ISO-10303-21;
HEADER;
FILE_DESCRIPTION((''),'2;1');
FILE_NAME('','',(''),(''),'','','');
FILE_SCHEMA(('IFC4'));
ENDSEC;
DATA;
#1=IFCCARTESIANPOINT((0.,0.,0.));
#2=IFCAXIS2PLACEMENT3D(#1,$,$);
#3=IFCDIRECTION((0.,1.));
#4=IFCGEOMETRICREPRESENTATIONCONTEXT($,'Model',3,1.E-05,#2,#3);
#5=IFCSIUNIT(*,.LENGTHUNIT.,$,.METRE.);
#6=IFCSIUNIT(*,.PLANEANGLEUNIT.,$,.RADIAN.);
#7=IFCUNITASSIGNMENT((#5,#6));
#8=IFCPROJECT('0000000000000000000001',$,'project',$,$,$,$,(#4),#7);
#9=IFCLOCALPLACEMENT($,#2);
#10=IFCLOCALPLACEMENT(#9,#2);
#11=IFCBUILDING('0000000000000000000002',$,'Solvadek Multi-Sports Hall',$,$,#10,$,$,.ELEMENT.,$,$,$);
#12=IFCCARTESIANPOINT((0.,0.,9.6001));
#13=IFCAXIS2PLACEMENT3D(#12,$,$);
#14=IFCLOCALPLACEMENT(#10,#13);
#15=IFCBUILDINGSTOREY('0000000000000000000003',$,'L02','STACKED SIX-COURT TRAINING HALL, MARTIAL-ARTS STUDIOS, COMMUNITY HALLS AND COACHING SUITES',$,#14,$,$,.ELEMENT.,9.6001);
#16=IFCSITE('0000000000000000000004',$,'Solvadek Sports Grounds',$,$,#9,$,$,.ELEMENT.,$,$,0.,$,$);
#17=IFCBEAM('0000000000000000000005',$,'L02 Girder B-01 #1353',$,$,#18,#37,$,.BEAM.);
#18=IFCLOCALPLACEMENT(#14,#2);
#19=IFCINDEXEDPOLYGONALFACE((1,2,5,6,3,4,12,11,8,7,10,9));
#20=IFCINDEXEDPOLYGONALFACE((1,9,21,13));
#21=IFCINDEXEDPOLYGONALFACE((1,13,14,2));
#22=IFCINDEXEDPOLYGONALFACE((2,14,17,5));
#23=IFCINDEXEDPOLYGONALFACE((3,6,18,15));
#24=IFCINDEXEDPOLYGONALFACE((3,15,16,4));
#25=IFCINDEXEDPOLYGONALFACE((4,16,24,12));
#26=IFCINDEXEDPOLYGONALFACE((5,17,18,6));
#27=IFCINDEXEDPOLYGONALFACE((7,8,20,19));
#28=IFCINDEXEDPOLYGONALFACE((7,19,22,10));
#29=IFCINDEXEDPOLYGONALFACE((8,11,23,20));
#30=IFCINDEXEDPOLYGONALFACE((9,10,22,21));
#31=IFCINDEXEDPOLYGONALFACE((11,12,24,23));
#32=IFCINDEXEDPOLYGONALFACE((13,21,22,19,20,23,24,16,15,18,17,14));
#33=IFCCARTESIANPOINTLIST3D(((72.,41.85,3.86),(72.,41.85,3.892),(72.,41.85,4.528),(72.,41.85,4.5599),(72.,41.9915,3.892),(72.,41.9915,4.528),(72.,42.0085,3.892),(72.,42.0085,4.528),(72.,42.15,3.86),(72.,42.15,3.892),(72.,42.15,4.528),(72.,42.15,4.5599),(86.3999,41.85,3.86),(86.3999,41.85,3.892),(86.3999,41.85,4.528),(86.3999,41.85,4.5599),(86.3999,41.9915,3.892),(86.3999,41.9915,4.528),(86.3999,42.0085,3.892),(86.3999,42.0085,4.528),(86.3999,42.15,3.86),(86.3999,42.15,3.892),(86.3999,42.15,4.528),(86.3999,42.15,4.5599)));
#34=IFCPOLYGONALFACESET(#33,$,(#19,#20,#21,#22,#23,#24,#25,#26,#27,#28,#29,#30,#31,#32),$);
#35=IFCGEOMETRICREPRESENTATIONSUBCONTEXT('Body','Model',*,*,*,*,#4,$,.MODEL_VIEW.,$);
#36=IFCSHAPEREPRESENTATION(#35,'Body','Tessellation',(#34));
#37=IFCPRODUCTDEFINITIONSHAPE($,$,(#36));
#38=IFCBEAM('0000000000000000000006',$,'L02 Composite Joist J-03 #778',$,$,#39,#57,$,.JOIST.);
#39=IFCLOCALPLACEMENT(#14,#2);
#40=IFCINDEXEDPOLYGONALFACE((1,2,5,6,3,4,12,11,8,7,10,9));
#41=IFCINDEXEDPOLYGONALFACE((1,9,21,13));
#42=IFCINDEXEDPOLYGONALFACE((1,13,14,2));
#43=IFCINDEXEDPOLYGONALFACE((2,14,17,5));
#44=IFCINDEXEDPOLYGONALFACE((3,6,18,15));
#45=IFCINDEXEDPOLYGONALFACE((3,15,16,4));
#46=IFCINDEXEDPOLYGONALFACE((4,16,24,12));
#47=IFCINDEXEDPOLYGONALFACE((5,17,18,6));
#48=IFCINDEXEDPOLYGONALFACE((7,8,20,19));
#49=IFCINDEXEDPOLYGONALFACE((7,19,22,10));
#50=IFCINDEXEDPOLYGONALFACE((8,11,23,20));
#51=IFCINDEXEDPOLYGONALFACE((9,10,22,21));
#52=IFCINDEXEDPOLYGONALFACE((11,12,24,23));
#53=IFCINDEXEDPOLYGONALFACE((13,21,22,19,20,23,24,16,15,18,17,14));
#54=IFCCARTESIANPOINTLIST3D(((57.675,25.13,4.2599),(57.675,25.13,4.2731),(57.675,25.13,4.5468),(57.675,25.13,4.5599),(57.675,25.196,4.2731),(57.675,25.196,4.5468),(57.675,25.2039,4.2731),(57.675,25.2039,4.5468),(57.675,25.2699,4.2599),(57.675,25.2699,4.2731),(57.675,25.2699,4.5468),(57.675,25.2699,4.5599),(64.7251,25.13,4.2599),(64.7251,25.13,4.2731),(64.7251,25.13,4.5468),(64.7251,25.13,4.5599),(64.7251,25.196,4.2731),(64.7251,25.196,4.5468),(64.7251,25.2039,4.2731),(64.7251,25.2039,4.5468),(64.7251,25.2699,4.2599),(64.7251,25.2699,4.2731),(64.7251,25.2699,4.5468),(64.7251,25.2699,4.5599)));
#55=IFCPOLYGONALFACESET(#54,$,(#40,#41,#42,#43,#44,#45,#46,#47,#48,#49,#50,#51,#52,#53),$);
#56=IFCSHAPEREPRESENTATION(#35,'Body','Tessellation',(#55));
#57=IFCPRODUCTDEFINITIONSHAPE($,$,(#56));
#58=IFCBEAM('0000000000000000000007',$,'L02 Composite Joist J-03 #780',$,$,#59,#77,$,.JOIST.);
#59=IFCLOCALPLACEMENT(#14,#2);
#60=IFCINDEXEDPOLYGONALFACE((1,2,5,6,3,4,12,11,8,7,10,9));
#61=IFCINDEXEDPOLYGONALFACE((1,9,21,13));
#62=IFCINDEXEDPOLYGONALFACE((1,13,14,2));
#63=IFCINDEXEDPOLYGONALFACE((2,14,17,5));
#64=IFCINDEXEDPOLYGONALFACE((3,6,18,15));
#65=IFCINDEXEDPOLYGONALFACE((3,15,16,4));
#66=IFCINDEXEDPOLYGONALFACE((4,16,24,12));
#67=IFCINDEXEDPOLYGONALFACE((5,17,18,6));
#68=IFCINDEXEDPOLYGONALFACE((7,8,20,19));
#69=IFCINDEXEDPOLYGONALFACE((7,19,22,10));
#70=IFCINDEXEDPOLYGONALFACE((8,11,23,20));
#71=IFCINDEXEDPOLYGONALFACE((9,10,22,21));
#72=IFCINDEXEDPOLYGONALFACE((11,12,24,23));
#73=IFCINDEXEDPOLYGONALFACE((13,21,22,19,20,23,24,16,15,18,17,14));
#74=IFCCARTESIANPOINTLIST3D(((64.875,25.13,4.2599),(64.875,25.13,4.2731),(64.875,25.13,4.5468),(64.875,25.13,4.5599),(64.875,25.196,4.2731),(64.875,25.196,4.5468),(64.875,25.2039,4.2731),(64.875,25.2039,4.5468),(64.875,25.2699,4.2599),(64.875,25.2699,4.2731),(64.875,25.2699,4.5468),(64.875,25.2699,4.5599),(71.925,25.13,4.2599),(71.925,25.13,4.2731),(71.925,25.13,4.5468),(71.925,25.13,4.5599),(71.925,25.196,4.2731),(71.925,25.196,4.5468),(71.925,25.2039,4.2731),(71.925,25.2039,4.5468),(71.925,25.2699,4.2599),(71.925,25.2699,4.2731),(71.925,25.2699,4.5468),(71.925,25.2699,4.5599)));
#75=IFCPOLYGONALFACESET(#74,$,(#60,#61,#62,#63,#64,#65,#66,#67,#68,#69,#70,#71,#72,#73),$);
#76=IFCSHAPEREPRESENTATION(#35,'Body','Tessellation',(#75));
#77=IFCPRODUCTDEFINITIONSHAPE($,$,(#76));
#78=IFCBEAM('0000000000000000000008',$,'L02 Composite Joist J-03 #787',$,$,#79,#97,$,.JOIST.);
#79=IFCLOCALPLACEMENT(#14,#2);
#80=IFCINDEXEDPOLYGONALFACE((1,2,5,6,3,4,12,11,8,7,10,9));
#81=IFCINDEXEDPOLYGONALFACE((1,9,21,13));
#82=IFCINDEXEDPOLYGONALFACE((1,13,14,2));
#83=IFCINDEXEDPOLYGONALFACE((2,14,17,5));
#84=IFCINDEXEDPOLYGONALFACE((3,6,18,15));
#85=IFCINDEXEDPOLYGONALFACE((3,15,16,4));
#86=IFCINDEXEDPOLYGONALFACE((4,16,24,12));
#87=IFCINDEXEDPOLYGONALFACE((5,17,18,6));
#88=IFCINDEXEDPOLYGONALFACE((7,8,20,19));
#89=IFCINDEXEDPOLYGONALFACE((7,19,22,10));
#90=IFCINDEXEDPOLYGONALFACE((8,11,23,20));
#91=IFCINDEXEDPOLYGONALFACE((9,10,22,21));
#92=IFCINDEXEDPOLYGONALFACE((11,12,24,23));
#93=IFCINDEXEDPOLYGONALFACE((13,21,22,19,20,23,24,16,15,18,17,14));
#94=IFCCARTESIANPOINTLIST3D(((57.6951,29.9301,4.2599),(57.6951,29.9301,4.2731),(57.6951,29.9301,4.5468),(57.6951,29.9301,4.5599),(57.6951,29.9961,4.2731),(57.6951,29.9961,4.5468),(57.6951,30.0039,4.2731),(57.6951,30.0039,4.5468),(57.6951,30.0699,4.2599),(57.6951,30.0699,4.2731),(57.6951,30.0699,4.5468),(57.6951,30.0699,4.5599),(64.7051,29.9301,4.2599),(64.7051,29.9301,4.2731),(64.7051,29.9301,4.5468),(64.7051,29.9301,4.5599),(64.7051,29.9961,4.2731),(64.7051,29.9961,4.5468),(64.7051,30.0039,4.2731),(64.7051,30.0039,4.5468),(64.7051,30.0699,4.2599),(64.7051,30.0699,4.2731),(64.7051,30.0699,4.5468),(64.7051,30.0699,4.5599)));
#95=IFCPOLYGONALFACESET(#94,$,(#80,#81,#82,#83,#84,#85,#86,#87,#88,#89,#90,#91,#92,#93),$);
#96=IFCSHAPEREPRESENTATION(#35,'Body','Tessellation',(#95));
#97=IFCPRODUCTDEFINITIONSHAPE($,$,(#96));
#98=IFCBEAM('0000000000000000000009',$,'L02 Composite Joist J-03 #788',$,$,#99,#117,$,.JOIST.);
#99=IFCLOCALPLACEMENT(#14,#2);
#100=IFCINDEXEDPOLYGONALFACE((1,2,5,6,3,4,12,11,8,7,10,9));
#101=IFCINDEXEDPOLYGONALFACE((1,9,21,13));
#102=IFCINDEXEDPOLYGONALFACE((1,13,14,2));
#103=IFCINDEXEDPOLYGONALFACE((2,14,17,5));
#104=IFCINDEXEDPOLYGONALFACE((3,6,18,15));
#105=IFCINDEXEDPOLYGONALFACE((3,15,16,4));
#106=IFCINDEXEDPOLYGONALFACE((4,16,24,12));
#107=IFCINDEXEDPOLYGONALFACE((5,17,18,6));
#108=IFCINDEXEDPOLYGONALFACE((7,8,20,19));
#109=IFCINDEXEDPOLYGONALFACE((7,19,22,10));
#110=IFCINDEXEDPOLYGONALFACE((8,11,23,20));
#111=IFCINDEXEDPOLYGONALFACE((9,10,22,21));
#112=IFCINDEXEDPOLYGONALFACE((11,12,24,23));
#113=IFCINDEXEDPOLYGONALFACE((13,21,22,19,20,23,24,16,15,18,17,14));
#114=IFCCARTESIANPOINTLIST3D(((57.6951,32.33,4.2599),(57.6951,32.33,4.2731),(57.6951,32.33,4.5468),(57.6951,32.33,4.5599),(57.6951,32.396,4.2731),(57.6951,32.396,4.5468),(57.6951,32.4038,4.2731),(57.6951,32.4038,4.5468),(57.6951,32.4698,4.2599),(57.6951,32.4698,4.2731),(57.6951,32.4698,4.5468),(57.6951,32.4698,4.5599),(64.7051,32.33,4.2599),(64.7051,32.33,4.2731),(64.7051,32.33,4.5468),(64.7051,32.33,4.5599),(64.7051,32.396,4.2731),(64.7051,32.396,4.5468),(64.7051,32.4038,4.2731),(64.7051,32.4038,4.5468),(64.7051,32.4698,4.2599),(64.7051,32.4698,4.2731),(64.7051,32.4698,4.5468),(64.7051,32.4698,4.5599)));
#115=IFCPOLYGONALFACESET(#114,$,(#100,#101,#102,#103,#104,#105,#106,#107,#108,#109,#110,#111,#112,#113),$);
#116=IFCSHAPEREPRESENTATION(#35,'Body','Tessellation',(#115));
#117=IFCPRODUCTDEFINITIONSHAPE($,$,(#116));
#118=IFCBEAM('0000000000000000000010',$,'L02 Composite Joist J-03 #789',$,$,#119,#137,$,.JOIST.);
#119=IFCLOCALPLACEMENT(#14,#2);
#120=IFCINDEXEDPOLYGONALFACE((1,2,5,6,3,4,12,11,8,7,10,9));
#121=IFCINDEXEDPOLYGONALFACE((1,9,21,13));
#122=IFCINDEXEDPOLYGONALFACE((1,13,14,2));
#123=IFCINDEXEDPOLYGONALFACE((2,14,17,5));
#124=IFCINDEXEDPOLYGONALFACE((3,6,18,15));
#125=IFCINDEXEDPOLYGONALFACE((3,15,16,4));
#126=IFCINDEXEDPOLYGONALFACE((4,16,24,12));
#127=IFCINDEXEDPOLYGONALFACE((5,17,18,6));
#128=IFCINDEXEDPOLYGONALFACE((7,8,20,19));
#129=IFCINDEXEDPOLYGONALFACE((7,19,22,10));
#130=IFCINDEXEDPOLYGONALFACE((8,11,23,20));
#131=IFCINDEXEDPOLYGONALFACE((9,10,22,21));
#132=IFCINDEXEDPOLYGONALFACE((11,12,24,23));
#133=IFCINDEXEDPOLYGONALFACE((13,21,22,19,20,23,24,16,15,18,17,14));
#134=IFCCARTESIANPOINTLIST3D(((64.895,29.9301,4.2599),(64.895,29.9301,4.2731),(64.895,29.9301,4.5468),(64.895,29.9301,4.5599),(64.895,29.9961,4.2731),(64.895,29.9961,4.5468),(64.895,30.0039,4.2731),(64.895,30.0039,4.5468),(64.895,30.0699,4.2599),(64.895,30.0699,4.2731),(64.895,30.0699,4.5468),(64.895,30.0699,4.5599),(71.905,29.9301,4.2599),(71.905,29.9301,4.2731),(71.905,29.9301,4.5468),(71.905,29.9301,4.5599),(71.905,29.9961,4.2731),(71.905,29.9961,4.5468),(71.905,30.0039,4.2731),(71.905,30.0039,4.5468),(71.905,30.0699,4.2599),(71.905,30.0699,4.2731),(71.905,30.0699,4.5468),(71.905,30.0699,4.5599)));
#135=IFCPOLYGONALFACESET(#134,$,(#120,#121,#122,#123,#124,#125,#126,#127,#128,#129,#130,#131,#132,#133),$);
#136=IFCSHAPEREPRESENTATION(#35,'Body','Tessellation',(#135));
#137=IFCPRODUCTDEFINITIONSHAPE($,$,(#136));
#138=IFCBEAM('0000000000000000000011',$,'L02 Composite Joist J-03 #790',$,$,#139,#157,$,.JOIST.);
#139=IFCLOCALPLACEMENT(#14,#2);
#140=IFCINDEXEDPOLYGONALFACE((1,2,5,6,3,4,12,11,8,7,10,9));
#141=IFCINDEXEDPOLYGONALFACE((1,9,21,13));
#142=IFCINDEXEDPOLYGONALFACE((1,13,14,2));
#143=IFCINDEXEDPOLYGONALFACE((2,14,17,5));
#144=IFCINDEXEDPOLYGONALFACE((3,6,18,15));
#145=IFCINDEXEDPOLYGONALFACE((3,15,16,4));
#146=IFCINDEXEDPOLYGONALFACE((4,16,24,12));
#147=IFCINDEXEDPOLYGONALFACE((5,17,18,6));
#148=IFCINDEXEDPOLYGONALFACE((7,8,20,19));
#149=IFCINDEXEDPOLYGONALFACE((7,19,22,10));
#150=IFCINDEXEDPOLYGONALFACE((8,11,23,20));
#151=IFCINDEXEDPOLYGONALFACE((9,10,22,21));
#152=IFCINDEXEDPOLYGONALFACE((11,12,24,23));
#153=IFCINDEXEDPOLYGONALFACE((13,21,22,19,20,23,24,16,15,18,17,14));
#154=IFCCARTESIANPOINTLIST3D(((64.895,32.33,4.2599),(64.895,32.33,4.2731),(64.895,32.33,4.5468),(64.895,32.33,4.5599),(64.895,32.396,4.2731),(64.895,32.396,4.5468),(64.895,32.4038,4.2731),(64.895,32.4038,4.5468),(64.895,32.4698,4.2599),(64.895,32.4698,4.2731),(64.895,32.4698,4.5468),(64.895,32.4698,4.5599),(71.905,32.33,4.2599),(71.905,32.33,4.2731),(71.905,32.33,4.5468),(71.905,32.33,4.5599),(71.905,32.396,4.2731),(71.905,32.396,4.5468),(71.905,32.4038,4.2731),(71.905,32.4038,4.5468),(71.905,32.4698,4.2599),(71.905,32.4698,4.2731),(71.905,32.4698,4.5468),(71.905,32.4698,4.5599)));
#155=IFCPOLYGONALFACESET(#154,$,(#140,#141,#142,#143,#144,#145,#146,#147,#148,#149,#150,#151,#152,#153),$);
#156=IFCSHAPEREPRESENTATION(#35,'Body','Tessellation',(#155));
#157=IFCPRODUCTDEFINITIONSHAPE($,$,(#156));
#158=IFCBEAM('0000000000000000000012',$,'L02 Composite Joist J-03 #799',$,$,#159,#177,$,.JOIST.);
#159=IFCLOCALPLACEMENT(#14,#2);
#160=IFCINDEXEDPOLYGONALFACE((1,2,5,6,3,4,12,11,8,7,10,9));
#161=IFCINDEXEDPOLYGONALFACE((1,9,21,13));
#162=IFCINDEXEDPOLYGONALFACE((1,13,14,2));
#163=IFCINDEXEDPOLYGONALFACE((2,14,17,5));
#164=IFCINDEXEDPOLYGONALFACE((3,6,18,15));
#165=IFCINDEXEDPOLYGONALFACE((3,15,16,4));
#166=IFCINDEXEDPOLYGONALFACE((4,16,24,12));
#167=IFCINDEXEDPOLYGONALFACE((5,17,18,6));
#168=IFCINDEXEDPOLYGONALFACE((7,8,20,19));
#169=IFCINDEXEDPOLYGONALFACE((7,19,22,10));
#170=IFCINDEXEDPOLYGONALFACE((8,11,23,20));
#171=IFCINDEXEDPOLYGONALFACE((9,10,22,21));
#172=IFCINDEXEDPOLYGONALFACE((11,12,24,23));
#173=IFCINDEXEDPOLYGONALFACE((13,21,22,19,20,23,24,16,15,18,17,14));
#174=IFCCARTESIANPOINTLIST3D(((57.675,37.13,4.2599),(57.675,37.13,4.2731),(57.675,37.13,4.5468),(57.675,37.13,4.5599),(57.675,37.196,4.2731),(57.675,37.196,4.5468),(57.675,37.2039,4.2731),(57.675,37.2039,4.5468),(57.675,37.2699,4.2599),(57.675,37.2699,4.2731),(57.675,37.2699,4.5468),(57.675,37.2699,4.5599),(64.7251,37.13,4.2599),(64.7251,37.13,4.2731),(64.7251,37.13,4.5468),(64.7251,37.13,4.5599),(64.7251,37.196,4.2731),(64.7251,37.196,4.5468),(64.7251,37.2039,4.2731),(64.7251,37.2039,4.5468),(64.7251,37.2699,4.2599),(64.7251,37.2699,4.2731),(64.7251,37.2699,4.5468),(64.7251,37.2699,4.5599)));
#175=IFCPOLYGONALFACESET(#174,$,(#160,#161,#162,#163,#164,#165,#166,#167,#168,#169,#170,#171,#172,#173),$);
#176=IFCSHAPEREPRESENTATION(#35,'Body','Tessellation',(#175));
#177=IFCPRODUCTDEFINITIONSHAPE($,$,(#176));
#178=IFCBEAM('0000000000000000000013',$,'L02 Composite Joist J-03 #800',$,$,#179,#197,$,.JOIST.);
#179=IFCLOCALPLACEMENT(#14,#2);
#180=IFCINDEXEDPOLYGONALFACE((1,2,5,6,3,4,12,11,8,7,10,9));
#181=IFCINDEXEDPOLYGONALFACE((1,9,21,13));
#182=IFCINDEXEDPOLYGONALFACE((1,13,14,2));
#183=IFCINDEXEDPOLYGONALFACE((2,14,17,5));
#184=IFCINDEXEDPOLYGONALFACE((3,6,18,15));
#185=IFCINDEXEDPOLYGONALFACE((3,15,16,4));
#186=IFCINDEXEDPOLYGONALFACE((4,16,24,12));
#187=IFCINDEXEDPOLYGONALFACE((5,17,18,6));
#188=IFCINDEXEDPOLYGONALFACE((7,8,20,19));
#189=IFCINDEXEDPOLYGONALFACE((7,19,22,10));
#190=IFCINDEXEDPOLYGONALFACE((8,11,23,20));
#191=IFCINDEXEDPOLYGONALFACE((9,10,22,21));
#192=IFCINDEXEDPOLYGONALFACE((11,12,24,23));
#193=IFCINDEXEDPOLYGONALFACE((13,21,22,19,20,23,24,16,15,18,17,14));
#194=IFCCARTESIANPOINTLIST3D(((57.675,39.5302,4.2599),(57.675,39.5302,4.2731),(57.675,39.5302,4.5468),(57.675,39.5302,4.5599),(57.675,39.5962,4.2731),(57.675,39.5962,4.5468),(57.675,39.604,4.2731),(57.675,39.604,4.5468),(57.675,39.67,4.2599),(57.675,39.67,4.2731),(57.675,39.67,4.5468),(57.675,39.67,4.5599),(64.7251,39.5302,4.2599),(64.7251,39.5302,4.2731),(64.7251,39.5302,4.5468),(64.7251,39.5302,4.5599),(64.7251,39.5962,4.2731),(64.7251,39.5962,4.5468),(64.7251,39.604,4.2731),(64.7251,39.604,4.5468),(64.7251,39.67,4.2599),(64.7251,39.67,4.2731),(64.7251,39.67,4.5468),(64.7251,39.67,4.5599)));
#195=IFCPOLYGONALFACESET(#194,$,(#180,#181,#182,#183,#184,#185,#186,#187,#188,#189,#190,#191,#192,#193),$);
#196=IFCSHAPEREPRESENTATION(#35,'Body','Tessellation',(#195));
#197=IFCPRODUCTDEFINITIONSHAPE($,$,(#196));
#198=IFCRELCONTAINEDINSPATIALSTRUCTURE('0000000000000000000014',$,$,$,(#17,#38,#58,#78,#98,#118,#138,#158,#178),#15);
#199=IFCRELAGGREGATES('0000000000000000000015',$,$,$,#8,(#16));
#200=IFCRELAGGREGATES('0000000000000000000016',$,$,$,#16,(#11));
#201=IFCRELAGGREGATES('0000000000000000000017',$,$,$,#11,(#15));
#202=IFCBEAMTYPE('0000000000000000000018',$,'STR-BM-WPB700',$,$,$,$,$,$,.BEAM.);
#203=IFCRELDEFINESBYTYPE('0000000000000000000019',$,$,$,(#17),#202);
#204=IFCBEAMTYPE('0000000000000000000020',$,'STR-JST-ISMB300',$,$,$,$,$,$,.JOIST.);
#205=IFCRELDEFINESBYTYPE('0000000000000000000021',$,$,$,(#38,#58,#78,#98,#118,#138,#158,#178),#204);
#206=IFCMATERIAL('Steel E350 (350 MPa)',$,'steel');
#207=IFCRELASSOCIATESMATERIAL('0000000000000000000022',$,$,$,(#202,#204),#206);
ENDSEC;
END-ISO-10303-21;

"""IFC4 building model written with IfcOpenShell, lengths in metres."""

from ifc_helpers import new_model, si_unit, direction, frame, origin, origin_2d, place, context, subcontext, project, spatial, i_section, extrude, material, material_profile, profile_set, type_object, element, save


model = new_model("IFC4")

# Units and contexts
model_context = context("Model", 3, precision=1e-05, world=origin(), true_north=direction((0.0, 1.0)))
body_context = subcontext(model_context, "Body", "Model", "MODEL_VIEW")
ifc_project = project(units=[si_unit("LENGTHUNIT", "METRE"), si_unit("PLANEANGLEUNIT", "RADIAN")], contexts=[model_context])

# Site, building, storey
site_placement = place(None, origin())
site = spatial("IfcSite", under=ifc_project, at=site_placement, Name="Solvadek Sports Grounds", CompositionType="ELEMENT", RefElevation=0.0)
building_placement = place(site_placement, origin())
building = spatial("IfcBuilding", under=site, at=building_placement, Name="Solvadek Multi-Sports Hall", CompositionType="ELEMENT")
storey_placement = place(building_placement, frame((0.0, 0.0, 9.6001)))
storey = spatial("IfcBuildingStorey", under=building, at=storey_placement, Name="L02", Description="STACKED SIX-COURT TRAINING HALL, MARTIAL-ARTS STUDIOS, COMMUNITY HALLS AND COACHING SUITES", CompositionType="ELEMENT", Elevation=9.6001)

# Shared definitions
ifc_material_1 = material(Name="Steel E350 (350 MPa)", Category="steel")

# Beams
ifc_material_profile_1 = material_profile(ifc_material_1, i_section(OverallWidth=0.3, OverallDepth=0.7, WebThickness=0.0171, FlangeThickness=0.032, at=origin_2d()), Name="WPB 700")
ifc_profile_set_1 = profile_set([ifc_material_profile_1], Name="Steel E350 (350 MPa)")
beam_type_1 = type_object("IfcBeamType", Name="STR-BM-WPB700", PredefinedType="BEAM", material=ifc_profile_set_1)
for number, where, z_axis, x_axis, name in (
    (1, (72.0, 42.0, 4.21), (1.0, 0.0, 0.0), (0.0, 1.0, 0.0), "L02 Girder B-01 #1353"),
):
    element("IfcBeam", number, at=place(storey_placement, frame(where, z_axis=z_axis, x_axis=x_axis)), inside=storey, type_object=beam_type_1, Name=name, PredefinedType="BEAM", context=body_context, shape_type="SweptSolid", body=[
        extrude(i_section(OverallWidth=0.3, OverallDepth=0.7, WebThickness=0.0171, FlangeThickness=0.032, at=origin_2d()), origin(), (0.0, 0.0, 1.0), 14.3999),
    ])
ifc_material_profile_2 = material_profile(ifc_material_1, i_section(OverallWidth=0.1399, OverallDepth=0.3, WebThickness=0.0078, FlangeThickness=0.0132, at=origin_2d()), Name="ISMB 300")
ifc_profile_set_2 = profile_set([ifc_material_profile_2], Name="Steel E350 (350 MPa)")
beam_type_2 = type_object("IfcBeamType", Name="STR-JST-ISMB300", PredefinedType="JOIST", material=ifc_profile_set_2)
for number, where, z_axis, x_axis, name in (
    (2, (57.675, 25.2, 4.4099), (1.0, 0.0, 0.0), (0.0, 1.0, 0.0), "L02 Composite Joist J-03 #778"),
    (3, (64.875, 25.2, 4.4099), (1.0, 0.0, 0.0), (0.0, 1.0, 0.0), "L02 Composite Joist J-03 #780"),
):
    element("IfcBeam", number, at=place(storey_placement, frame(where, z_axis=z_axis, x_axis=x_axis)), inside=storey, type_object=beam_type_2, Name=name, PredefinedType="JOIST", context=body_context, shape_type="SweptSolid", body=[
        extrude(i_section(OverallWidth=0.1399, OverallDepth=0.3, WebThickness=0.0078, FlangeThickness=0.0132, at=origin_2d()), origin(), (0.0, 0.0, 1.0), 7.05),
    ])
for number, where, z_axis, x_axis, name in (
    (4, (57.6951, 30.0, 4.4099), (1.0, 0.0, 0.0), (0.0, 1.0, 0.0), "L02 Composite Joist J-03 #787"),
    (5, (57.6951, 32.3999, 4.4099), (1.0, 0.0, 0.0), (0.0, 1.0, 0.0), "L02 Composite Joist J-03 #788"),
    (6, (64.895, 30.0, 4.4099), (1.0, 0.0, 0.0), (0.0, 1.0, 0.0), "L02 Composite Joist J-03 #789"),
    (7, (64.895, 32.3999, 4.4099), (1.0, 0.0, 0.0), (0.0, 1.0, 0.0), "L02 Composite Joist J-03 #790"),
):
    element("IfcBeam", number, at=place(storey_placement, frame(where, z_axis=z_axis, x_axis=x_axis)), inside=storey, type_object=beam_type_2, Name=name, PredefinedType="JOIST", context=body_context, shape_type="SweptSolid", body=[
        extrude(i_section(OverallWidth=0.1399, OverallDepth=0.3, WebThickness=0.0078, FlangeThickness=0.0132, at=origin_2d()), origin(), (0.0, 0.0, 1.0), 7.01),
    ])
for number, where, z_axis, x_axis, name in (
    (8, (57.675, 37.2, 4.4099), (1.0, 0.0, 0.0), (0.0, 1.0, 0.0), "L02 Composite Joist J-03 #799"),
    (9, (57.675, 39.6001, 4.4099), (1.0, 0.0, 0.0), (0.0, 1.0, 0.0), "L02 Composite Joist J-03 #800"),
):
    element("IfcBeam", number, at=place(storey_placement, frame(where, z_axis=z_axis, x_axis=x_axis)), inside=storey, type_object=beam_type_2, Name=name, PredefinedType="JOIST", context=body_context, shape_type="SweptSolid", body=[
        extrude(i_section(OverallWidth=0.1399, OverallDepth=0.3, WebThickness=0.0078, FlangeThickness=0.0132, at=origin_2d()), origin(), (0.0, 0.0, 1.0), 7.05),
    ])

save(model, "model.ifc")
